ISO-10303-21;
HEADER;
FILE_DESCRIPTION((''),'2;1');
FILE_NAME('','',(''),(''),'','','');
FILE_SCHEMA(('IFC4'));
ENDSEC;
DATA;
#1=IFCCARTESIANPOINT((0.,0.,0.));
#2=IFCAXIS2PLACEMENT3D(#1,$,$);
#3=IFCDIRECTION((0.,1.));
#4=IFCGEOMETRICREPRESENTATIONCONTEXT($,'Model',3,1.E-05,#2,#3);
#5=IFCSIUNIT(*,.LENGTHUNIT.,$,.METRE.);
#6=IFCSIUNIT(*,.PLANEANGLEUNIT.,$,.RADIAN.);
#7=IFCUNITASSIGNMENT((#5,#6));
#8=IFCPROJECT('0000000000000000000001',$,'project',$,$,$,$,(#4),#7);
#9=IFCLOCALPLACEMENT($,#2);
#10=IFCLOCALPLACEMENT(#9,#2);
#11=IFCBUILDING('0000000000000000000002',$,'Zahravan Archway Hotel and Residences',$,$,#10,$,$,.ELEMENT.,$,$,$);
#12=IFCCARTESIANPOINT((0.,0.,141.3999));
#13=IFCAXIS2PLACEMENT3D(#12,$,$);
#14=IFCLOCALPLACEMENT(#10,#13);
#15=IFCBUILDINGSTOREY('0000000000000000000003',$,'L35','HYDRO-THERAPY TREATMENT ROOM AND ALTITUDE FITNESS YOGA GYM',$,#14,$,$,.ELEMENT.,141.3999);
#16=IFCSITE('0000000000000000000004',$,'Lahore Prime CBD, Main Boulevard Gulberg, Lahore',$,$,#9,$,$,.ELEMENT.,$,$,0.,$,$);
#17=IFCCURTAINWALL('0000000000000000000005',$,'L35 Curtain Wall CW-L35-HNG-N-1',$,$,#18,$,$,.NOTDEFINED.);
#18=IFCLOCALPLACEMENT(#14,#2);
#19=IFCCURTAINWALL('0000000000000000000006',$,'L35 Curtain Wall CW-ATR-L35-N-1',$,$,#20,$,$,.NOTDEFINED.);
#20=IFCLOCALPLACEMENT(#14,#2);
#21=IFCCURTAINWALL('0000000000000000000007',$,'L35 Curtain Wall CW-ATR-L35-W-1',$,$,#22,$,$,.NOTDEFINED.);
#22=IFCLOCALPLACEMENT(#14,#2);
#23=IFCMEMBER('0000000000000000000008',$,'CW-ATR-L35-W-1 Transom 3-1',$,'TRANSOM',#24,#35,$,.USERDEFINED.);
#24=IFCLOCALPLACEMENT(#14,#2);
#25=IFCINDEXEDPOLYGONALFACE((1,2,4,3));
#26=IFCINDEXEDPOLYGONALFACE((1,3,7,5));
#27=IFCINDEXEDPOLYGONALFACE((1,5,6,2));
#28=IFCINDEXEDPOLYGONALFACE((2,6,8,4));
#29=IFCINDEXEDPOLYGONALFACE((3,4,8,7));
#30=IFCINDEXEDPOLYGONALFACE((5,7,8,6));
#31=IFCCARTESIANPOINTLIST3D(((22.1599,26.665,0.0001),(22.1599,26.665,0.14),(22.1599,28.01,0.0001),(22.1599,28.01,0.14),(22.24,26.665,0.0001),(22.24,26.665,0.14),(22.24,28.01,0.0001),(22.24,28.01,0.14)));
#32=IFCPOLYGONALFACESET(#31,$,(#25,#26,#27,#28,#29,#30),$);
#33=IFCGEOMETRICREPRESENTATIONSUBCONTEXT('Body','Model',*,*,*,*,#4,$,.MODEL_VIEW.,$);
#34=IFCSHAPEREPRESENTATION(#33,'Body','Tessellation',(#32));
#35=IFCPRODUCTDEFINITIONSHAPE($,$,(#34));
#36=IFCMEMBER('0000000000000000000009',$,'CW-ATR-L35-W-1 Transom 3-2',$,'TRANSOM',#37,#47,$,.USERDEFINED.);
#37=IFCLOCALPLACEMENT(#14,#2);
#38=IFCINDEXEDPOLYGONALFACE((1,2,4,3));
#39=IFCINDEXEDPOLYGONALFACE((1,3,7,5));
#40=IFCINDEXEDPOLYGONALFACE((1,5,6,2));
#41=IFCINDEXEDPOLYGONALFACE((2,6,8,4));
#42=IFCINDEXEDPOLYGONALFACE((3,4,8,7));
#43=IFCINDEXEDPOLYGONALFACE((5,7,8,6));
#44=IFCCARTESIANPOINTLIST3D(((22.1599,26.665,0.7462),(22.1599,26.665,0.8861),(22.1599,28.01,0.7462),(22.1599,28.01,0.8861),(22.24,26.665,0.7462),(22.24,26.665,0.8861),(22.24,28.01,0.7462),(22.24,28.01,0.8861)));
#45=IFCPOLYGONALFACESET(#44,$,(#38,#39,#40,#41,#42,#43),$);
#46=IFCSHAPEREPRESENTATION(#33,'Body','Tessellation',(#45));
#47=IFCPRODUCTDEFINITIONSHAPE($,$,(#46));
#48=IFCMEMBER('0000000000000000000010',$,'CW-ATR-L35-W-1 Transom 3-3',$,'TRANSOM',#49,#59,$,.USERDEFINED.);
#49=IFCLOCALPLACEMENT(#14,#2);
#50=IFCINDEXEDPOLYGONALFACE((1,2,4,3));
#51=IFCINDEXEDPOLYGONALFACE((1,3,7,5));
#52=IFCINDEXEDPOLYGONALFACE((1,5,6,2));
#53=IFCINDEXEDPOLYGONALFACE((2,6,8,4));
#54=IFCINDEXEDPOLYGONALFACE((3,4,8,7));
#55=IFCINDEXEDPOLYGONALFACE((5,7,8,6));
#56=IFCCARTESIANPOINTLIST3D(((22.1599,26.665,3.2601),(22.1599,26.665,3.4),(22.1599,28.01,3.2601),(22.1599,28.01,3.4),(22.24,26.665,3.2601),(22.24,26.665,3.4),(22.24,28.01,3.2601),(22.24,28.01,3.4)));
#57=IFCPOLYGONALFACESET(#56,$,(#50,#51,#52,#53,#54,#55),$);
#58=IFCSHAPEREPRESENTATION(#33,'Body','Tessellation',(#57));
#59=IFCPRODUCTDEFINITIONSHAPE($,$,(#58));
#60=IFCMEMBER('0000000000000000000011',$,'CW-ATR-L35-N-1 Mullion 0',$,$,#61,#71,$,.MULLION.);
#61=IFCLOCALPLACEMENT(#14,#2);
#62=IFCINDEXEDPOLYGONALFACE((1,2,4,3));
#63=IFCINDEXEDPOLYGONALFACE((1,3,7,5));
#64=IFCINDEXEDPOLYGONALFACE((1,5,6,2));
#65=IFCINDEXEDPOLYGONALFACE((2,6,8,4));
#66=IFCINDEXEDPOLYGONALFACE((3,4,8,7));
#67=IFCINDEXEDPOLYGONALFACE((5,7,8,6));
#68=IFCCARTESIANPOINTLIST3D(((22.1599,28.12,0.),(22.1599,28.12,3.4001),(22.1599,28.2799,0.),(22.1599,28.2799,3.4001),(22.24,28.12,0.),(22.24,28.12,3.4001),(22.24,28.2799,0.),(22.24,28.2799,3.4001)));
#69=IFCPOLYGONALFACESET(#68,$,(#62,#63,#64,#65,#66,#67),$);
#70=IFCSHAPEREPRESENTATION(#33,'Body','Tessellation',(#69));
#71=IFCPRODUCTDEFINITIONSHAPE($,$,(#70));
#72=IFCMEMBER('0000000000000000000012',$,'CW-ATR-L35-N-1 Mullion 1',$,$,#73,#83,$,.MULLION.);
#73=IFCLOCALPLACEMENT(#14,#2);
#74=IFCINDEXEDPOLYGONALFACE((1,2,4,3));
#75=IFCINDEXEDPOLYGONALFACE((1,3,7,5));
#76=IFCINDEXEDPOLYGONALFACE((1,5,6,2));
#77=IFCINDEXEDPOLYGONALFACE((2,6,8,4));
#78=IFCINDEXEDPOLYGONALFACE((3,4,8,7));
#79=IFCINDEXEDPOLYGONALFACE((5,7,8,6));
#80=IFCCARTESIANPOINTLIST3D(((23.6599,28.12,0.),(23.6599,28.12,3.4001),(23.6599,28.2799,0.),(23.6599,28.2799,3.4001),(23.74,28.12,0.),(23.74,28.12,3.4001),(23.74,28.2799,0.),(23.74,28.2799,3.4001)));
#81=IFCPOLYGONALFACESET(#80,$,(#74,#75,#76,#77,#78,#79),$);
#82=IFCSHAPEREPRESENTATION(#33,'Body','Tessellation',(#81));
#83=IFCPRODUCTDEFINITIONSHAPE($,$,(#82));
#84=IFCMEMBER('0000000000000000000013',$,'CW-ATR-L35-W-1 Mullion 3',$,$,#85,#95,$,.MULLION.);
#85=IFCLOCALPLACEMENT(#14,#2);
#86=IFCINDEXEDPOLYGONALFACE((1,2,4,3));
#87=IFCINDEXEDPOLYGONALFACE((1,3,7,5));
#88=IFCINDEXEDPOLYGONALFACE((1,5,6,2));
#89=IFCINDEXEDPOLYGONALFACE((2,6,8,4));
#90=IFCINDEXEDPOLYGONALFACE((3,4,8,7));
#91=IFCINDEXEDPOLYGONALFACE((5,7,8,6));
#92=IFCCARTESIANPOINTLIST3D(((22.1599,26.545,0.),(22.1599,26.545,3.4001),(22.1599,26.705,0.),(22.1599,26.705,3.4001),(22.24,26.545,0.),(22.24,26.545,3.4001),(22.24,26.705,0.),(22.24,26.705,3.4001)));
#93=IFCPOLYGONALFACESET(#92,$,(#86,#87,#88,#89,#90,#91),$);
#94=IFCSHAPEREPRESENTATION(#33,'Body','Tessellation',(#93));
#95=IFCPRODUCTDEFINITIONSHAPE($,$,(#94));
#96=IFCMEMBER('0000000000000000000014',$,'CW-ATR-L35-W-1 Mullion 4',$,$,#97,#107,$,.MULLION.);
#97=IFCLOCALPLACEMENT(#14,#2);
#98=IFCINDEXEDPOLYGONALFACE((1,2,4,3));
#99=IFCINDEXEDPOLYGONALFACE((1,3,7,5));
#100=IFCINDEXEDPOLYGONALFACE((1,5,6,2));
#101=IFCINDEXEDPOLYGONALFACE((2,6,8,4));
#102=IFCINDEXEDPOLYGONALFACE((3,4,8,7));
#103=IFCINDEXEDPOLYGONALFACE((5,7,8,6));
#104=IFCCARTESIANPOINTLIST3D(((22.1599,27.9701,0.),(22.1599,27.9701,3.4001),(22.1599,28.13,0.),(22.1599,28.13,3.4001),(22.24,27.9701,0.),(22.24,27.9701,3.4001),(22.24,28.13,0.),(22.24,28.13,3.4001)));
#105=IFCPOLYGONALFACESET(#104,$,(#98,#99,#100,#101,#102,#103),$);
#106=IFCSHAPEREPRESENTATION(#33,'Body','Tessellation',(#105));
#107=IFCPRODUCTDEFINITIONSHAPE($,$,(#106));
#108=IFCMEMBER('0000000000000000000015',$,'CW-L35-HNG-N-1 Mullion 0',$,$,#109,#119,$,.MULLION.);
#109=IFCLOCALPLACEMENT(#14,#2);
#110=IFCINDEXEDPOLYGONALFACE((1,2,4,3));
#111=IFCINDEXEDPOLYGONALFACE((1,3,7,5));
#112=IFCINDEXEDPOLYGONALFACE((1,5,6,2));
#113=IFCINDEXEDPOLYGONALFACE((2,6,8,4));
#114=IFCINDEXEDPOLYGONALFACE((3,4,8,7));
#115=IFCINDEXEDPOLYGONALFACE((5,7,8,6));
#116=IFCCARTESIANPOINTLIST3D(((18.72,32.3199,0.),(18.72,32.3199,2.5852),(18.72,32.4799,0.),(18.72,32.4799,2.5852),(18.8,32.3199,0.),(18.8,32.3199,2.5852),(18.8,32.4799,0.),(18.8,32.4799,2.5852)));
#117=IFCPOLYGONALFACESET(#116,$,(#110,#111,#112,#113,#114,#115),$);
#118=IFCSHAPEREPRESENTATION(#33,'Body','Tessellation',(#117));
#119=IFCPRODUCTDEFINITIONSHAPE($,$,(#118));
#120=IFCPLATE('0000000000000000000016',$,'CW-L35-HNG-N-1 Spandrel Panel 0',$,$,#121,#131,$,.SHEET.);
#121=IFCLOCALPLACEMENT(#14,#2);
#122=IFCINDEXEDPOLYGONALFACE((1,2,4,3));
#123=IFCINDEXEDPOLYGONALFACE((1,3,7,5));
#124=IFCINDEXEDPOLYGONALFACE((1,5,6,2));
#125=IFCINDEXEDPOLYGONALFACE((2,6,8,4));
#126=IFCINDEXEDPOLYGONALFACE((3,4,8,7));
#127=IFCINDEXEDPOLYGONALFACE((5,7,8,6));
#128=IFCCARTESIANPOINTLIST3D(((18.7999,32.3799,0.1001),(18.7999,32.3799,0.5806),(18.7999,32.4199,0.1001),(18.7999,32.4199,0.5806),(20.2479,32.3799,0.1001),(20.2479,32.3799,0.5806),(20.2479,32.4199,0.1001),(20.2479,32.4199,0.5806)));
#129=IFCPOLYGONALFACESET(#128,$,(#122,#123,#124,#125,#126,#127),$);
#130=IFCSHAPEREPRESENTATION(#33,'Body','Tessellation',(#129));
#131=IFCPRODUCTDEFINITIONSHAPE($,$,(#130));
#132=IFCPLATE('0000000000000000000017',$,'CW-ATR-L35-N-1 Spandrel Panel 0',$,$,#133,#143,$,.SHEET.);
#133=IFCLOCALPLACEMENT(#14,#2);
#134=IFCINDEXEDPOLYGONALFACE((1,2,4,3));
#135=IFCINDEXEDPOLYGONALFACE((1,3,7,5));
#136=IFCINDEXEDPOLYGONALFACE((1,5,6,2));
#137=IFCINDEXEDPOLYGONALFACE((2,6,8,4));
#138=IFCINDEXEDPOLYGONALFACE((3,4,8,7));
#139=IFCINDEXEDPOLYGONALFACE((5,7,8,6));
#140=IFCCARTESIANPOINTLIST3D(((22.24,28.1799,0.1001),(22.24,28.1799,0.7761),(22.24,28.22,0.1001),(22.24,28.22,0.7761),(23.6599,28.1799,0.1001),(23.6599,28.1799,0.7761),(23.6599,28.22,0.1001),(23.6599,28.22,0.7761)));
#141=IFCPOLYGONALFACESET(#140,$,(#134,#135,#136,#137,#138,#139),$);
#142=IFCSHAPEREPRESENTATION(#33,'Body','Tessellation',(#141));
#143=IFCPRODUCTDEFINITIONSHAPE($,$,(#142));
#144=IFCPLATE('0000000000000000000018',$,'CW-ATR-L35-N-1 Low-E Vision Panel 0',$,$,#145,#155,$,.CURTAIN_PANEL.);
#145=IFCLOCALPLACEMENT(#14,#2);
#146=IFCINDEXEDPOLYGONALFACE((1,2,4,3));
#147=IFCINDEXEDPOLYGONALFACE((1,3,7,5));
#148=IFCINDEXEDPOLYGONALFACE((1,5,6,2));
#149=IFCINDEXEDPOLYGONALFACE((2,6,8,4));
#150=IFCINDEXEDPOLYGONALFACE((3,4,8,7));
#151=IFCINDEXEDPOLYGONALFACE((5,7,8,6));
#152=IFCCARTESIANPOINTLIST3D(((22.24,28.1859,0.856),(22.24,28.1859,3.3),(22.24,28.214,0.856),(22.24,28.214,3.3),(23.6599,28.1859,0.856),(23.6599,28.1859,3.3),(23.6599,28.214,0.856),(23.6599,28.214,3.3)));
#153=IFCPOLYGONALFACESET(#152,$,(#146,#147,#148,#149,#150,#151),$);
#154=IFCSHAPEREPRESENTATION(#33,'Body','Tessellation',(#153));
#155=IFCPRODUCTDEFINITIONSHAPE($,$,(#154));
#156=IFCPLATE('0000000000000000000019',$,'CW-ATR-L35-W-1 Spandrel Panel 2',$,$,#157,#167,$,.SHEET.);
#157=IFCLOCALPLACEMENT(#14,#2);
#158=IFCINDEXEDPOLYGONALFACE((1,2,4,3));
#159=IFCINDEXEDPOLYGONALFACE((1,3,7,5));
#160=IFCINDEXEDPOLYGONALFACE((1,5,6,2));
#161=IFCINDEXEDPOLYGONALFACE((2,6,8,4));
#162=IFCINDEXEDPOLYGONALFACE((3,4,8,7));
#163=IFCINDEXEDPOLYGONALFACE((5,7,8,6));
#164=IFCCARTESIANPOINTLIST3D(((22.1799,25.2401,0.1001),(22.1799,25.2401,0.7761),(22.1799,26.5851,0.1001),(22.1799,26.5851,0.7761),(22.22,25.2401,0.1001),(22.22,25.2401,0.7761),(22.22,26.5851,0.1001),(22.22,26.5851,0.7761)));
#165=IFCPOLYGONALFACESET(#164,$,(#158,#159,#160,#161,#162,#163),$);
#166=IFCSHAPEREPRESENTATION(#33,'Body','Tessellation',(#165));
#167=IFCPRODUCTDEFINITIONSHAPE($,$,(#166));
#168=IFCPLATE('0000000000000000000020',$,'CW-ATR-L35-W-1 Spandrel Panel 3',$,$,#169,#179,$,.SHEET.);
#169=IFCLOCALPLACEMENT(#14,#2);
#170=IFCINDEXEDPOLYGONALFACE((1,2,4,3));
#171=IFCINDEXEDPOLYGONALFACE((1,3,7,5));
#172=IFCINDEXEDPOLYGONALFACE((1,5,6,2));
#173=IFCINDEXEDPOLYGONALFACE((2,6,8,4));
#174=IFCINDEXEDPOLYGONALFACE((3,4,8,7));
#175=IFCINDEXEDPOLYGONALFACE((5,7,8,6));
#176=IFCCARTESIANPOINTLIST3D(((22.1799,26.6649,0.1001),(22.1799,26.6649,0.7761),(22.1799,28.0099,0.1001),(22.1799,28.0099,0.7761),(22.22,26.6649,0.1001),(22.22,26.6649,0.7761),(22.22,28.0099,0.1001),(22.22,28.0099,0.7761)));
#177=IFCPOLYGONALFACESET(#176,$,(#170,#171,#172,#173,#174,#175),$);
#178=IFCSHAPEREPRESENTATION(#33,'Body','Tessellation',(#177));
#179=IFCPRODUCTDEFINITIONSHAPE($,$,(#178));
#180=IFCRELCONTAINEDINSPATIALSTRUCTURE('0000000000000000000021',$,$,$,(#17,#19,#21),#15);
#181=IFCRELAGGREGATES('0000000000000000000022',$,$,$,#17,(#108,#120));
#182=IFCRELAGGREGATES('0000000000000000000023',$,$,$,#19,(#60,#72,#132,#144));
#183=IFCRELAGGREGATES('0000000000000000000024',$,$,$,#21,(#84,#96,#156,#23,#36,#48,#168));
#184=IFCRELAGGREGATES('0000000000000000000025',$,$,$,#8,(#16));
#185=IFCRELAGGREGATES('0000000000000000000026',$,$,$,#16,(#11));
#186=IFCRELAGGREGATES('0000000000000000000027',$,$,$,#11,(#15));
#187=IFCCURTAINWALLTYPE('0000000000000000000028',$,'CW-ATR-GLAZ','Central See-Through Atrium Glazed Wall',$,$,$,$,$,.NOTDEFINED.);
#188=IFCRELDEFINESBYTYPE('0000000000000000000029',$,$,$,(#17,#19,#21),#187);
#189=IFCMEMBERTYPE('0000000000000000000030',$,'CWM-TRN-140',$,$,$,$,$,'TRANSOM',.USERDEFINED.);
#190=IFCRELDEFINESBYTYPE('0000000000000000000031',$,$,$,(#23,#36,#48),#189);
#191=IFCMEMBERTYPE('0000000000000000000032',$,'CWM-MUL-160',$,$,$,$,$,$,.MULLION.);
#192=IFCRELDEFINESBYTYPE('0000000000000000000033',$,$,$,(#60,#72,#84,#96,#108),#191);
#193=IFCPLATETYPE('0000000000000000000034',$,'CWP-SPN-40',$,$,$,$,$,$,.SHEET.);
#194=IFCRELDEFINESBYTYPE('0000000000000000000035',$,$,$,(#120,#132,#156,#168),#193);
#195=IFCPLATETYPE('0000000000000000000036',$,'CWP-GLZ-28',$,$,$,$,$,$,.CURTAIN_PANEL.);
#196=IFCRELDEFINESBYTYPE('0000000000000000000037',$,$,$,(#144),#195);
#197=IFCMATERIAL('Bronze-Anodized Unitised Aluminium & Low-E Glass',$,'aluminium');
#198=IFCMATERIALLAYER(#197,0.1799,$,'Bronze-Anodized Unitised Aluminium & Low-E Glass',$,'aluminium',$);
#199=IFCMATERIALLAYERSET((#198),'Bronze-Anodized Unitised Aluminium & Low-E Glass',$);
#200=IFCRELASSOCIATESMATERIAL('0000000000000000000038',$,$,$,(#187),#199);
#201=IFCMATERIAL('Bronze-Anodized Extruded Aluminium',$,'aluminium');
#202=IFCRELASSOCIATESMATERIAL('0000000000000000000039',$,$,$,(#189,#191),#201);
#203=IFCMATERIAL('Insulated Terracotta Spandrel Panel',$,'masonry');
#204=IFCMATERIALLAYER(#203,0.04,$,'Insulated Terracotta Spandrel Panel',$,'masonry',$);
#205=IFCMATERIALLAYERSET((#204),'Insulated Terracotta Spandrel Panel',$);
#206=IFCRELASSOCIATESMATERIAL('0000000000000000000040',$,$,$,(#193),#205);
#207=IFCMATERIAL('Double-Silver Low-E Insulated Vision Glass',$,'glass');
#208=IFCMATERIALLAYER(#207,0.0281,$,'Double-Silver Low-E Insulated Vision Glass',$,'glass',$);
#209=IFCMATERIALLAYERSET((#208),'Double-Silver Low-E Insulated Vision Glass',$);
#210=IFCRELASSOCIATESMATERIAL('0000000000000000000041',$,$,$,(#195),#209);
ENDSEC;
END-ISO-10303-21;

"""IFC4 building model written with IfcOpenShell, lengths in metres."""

from ifc_helpers import new_model, si_unit, direction, frame, origin, origin_2d, place, context, subcontext, project, spatial, rectangle, extrude, source, transform, mapped, material, layer, layer_set, material_profile, profile_set, type_object, element, aggregate, save


model = new_model("IFC4")

# Units and contexts
model_context = context("Model", 3, precision=1e-05, world=origin(), true_north=direction((0.0, 1.0)))
body_context = subcontext(model_context, "Body", "Model", "MODEL_VIEW")
ifc_project = project(units=[si_unit("LENGTHUNIT", "METRE"), si_unit("PLANEANGLEUNIT", "RADIAN")], contexts=[model_context])

# Site, building, storey
site_placement = place(None, origin())
site = spatial("IfcSite", under=ifc_project, at=site_placement, Name="Lahore Prime CBD, Main Boulevard Gulberg, Lahore", CompositionType="ELEMENT", RefElevation=0.0)
building_placement = place(site_placement, origin())
building = spatial("IfcBuilding", under=site, at=building_placement, Name="Zahravan Archway Hotel and Residences", CompositionType="ELEMENT")
storey_placement = place(building_placement, frame((0.0, 0.0, 141.3999)))
storey = spatial("IfcBuildingStorey", under=building, at=storey_placement, Name="L35", Description="HYDRO-THERAPY TREATMENT ROOM AND ALTITUDE FITNESS YOGA GYM", CompositionType="ELEMENT", Elevation=141.3999)

# Curtain walls, members
ifc_material_1 = material(Name="Bronze-Anodized Unitised Aluminium & Low-E Glass", Category="aluminium")
ifc_layer_1 = layer(ifc_material_1, 0.1799, Name="Bronze-Anodized Unitised Aluminium & Low-E Glass", Category="aluminium")
ifc_layer_set_1 = layer_set([ifc_layer_1], Name="Bronze-Anodized Unitised Aluminium & Low-E Glass")
curtain_wall_type = type_object("IfcCurtainWallType", Name="CW-ATR-GLAZ", Description="Central See-Through Atrium Glazed Wall", PredefinedType="NOTDEFINED", material=ifc_layer_set_1)
curtain_wall_1_placement = place(storey_placement, origin())
curtain_wall_1 = element("IfcCurtainWall", 1, at=curtain_wall_1_placement, inside=storey, type_object=curtain_wall_type, Name="L35 Curtain Wall CW-L35-HNG-N-1", PredefinedType="NOTDEFINED")
ifc_material_2 = material(Name="Bronze-Anodized Extruded Aluminium", Category="aluminium")
ifc_material_profile_1 = material_profile(ifc_material_2, rectangle(XDim=0.0801, YDim=0.1399, at=origin_2d()), Name="TRN 80x140", Category="aluminium")
ifc_profile_set_1 = profile_set([ifc_material_profile_1], Name="Bronze-Anodized Extruded Aluminium")
member_type_1 = type_object("IfcMemberType", Name="CWM-TRN-140", ElementType="TRANSOM", PredefinedType="USERDEFINED", material=ifc_profile_set_1)
curtain_wall_2_placement = place(storey_placement, origin())
curtain_wall_2 = element("IfcCurtainWall", 2, at=curtain_wall_2_placement, inside=storey, type_object=curtain_wall_type, Name="L35 Curtain Wall CW-ATR-L35-N-1", PredefinedType="NOTDEFINED")
curtain_wall_3_placement = place(storey_placement, origin())
curtain_wall_3 = element("IfcCurtainWall", 3, at=curtain_wall_3_placement, inside=storey, type_object=curtain_wall_type, Name="L35 Curtain Wall CW-ATR-L35-W-1", PredefinedType="NOTDEFINED")
shared_shape_1 = source(origin(), body_context, "Body", "SweptSolid", [
    extrude(rectangle(XDim=0.0801, YDim=0.1399, at=origin_2d()), origin(), (0.0, 0.0, 1.0), 1.345),
])
member_1_placement = place(storey_placement, frame((22.2, 26.665, 0.0701), z_axis=(0.0, 1.0, 0.0), x_axis=(-1.0, 0.0, 0.0)))
member_1 = element("IfcMember", 4, at=member_1_placement, type_object=member_type_1, Name="CW-ATR-L35-W-1 Transom 3-1", ObjectType="TRANSOM", PredefinedType="USERDEFINED", context=body_context, shape_type="MappedRepresentation", body=[
    mapped(shared_shape_1, transform((0.0, 0.0, 0.0), scale=1.0)),
])
member_2_placement = place(storey_placement, frame((22.2, 26.665, 0.8162), z_axis=(0.0, 1.0, 0.0), x_axis=(-1.0, 0.0, 0.0)))
member_2 = element("IfcMember", 5, at=member_2_placement, type_object=member_type_1, Name="CW-ATR-L35-W-1 Transom 3-2", ObjectType="TRANSOM", PredefinedType="USERDEFINED", context=body_context, shape_type="MappedRepresentation", body=[
    mapped(shared_shape_1, transform((0.0, 0.0, 0.0), scale=1.0)),
])
member_3_placement = place(storey_placement, frame((22.2, 26.665, 3.3301), z_axis=(0.0, 1.0, 0.0), x_axis=(-1.0, 0.0, 0.0)))
member_3 = element("IfcMember", 6, at=member_3_placement, type_object=member_type_1, Name="CW-ATR-L35-W-1 Transom 3-3", ObjectType="TRANSOM", PredefinedType="USERDEFINED", context=body_context, shape_type="MappedRepresentation", body=[
    mapped(shared_shape_1, transform((0.0, 0.0, 0.0), scale=1.0)),
])

# Members
ifc_material_profile_2 = material_profile(ifc_material_2, rectangle(XDim=0.0801, YDim=0.1599, at=origin_2d()), Name="MUL 80x160", Category="aluminium")
ifc_profile_set_2 = profile_set([ifc_material_profile_2], Name="Bronze-Anodized Extruded Aluminium")
member_type_2 = type_object("IfcMemberType", Name="CWM-MUL-160", PredefinedType="MULLION", material=ifc_profile_set_2)
shared_shape_2 = source(origin(), body_context, "Body", "SweptSolid", [
    extrude(rectangle(XDim=0.0801, YDim=0.1599, at=origin_2d()), origin(), (0.0, 0.0, 1.0), 3.4001),
])
member_4_placement = place(storey_placement, frame((22.2, 28.2, 0.0), z_axis=(0.0, 0.0, 1.0), x_axis=(1.0, 0.0, 0.0)))
member_4 = element("IfcMember", 7, at=member_4_placement, type_object=member_type_2, Name="CW-ATR-L35-N-1 Mullion 0", PredefinedType="MULLION", context=body_context, shape_type="MappedRepresentation", body=[
    mapped(shared_shape_2, transform((0.0, 0.0, 0.0), scale=1.0)),
])
member_5_placement = place(storey_placement, frame((23.7, 28.2, 0.0), z_axis=(0.0, 0.0, 1.0), x_axis=(1.0, 0.0, 0.0)))
member_5 = element("IfcMember", 8, at=member_5_placement, type_object=member_type_2, Name="CW-ATR-L35-N-1 Mullion 1", PredefinedType="MULLION", context=body_context, shape_type="MappedRepresentation", body=[
    mapped(shared_shape_2, transform((0.0, 0.0, 0.0), scale=1.0)),
])
member_6_placement = place(storey_placement, frame((22.2, 26.625, 0.0), z_axis=(0.0, 0.0, 1.0), x_axis=(1.0, 0.0, 0.0)))
member_6 = element("IfcMember", 9, at=member_6_placement, type_object=member_type_2, Name="CW-ATR-L35-W-1 Mullion 3", PredefinedType="MULLION", context=body_context, shape_type="MappedRepresentation", body=[
    mapped(shared_shape_2, transform((0.0, 0.0, 0.0), scale=1.0)),
])
member_7_placement = place(storey_placement, frame((22.2, 28.05, 0.0), z_axis=(0.0, 0.0, 1.0), x_axis=(1.0, 0.0, 0.0)))
member_7 = element("IfcMember", 10, at=member_7_placement, type_object=member_type_2, Name="CW-ATR-L35-W-1 Mullion 4", PredefinedType="MULLION", context=body_context, shape_type="MappedRepresentation", body=[
    mapped(shared_shape_2, transform((0.0, 0.0, 0.0), scale=1.0)),
])
shared_shape_3 = source(origin(), body_context, "Body", "SweptSolid", [
    extrude(rectangle(XDim=0.0801, YDim=0.1599, at=origin_2d()), origin(), (0.0, 0.0, 1.0), 2.5852),
])
member_8_placement = place(storey_placement, frame((18.76, 32.3999, 0.0), z_axis=(0.0, 0.0, 1.0), x_axis=(1.0, 0.0, 0.0)))
member_8 = element("IfcMember", 11, at=member_8_placement, type_object=member_type_2, Name="CW-L35-HNG-N-1 Mullion 0", PredefinedType="MULLION", context=body_context, shape_type="MappedRepresentation", body=[
    mapped(shared_shape_3, transform((0.0, 0.0, 0.0), scale=1.0)),
])

# Plates
ifc_material_3 = material(Name="Insulated Terracotta Spandrel Panel", Category="masonry")
ifc_layer_2 = layer(ifc_material_3, 0.04, Name="Insulated Terracotta Spandrel Panel", Category="masonry")
ifc_layer_set_2 = layer_set([ifc_layer_2], Name="Insulated Terracotta Spandrel Panel")
plate_type_1 = type_object("IfcPlateType", Name="CWP-SPN-40", PredefinedType="SHEET", material=ifc_layer_set_2)
shared_shape_4 = source(origin(), body_context, "Body", "SweptSolid", [
    extrude(rectangle(XDim=1.448, YDim=0.04, at=origin_2d()), origin(), (0.0, 0.0, 1.0), 0.4805),
])
plate_1_placement = place(storey_placement, frame((19.5239, 32.3999, 0.1001), z_axis=(0.0, 0.0, 1.0), x_axis=(1.0, 0.0, 0.0)))
plate_1 = element("IfcPlate", 12, at=plate_1_placement, type_object=plate_type_1, Name="CW-L35-HNG-N-1 Spandrel Panel 0", PredefinedType="SHEET", context=body_context, shape_type="MappedRepresentation", body=[
    mapped(shared_shape_4, transform((0.0, 0.0, 0.0), scale=1.0)),
])
aggregate(curtain_wall_1, [member_8, plate_1])
shared_shape_5 = source(origin(), body_context, "Body", "SweptSolid", [
    extrude(rectangle(XDim=1.4199, YDim=0.04, at=origin_2d()), origin(), (0.0, 0.0, 1.0), 0.676),
])
plate_2_placement = place(storey_placement, frame((22.95, 28.2, 0.1001), z_axis=(0.0, 0.0, 1.0), x_axis=(1.0, 0.0, 0.0)))
plate_2 = element("IfcPlate", 13, at=plate_2_placement, type_object=plate_type_1, Name="CW-ATR-L35-N-1 Spandrel Panel 0", PredefinedType="SHEET", context=body_context, shape_type="MappedRepresentation", body=[
    mapped(shared_shape_5, transform((0.0, 0.0, 0.0), scale=1.0)),
])
ifc_material_4 = material(Name="Double-Silver Low-E Insulated Vision Glass", Category="glass")
ifc_layer_3 = layer(ifc_material_4, 0.0281, Name="Double-Silver Low-E Insulated Vision Glass", Category="glass")
ifc_layer_set_3 = layer_set([ifc_layer_3], Name="Double-Silver Low-E Insulated Vision Glass")
plate_type_2 = type_object("IfcPlateType", Name="CWP-GLZ-28", PredefinedType="CURTAIN_PANEL", material=ifc_layer_set_3)
shared_shape_6 = source(origin(), body_context, "Body", "SweptSolid", [
    extrude(rectangle(XDim=1.4199, YDim=0.0281, at=origin_2d()), origin(), (0.0, 0.0, 1.0), 2.4441),
])
plate_3_placement = place(storey_placement, frame((22.95, 28.2, 0.856), z_axis=(0.0, 0.0, 1.0), x_axis=(1.0, 0.0, 0.0)))
plate_3 = element("IfcPlate", 14, at=plate_3_placement, type_object=plate_type_2, Name="CW-ATR-L35-N-1 Low-E Vision Panel 0", PredefinedType="CURTAIN_PANEL", context=body_context, shape_type="MappedRepresentation", body=[
    mapped(shared_shape_6, transform((0.0, 0.0, 0.0), scale=1.0)),
])
aggregate(curtain_wall_2, [member_4, member_5, plate_2, plate_3])
shared_shape_7 = source(origin(), body_context, "Body", "SweptSolid", [
    extrude(rectangle(XDim=1.345, YDim=0.04, at=origin_2d()), origin(), (0.0, 0.0, 1.0), 0.676),
])
plate_4_placement = place(storey_placement, frame((22.2, 25.9126, 0.1001), z_axis=(0.0, 0.0, 1.0), x_axis=(0.0, 1.0, 0.0)))
plate_4 = element("IfcPlate", 15, at=plate_4_placement, type_object=plate_type_1, Name="CW-ATR-L35-W-1 Spandrel Panel 2", PredefinedType="SHEET", context=body_context, shape_type="MappedRepresentation", body=[
    mapped(shared_shape_7, transform((0.0, 0.0, 0.0), scale=1.0)),
])
plate_5_placement = place(storey_placement, frame((22.2, 27.3374, 0.1001), z_axis=(0.0, 0.0, 1.0), x_axis=(0.0, 1.0, 0.0)))
plate_5 = element("IfcPlate", 16, at=plate_5_placement, type_object=plate_type_1, Name="CW-ATR-L35-W-1 Spandrel Panel 3", PredefinedType="SHEET", context=body_context, shape_type="MappedRepresentation", body=[
    mapped(shared_shape_7, transform((0.0, 0.0, 0.0), scale=1.0)),
])
aggregate(curtain_wall_3, [member_6, member_7, plate_4, member_1, member_2, member_3, plate_5])

save(model, "model.ifc")
